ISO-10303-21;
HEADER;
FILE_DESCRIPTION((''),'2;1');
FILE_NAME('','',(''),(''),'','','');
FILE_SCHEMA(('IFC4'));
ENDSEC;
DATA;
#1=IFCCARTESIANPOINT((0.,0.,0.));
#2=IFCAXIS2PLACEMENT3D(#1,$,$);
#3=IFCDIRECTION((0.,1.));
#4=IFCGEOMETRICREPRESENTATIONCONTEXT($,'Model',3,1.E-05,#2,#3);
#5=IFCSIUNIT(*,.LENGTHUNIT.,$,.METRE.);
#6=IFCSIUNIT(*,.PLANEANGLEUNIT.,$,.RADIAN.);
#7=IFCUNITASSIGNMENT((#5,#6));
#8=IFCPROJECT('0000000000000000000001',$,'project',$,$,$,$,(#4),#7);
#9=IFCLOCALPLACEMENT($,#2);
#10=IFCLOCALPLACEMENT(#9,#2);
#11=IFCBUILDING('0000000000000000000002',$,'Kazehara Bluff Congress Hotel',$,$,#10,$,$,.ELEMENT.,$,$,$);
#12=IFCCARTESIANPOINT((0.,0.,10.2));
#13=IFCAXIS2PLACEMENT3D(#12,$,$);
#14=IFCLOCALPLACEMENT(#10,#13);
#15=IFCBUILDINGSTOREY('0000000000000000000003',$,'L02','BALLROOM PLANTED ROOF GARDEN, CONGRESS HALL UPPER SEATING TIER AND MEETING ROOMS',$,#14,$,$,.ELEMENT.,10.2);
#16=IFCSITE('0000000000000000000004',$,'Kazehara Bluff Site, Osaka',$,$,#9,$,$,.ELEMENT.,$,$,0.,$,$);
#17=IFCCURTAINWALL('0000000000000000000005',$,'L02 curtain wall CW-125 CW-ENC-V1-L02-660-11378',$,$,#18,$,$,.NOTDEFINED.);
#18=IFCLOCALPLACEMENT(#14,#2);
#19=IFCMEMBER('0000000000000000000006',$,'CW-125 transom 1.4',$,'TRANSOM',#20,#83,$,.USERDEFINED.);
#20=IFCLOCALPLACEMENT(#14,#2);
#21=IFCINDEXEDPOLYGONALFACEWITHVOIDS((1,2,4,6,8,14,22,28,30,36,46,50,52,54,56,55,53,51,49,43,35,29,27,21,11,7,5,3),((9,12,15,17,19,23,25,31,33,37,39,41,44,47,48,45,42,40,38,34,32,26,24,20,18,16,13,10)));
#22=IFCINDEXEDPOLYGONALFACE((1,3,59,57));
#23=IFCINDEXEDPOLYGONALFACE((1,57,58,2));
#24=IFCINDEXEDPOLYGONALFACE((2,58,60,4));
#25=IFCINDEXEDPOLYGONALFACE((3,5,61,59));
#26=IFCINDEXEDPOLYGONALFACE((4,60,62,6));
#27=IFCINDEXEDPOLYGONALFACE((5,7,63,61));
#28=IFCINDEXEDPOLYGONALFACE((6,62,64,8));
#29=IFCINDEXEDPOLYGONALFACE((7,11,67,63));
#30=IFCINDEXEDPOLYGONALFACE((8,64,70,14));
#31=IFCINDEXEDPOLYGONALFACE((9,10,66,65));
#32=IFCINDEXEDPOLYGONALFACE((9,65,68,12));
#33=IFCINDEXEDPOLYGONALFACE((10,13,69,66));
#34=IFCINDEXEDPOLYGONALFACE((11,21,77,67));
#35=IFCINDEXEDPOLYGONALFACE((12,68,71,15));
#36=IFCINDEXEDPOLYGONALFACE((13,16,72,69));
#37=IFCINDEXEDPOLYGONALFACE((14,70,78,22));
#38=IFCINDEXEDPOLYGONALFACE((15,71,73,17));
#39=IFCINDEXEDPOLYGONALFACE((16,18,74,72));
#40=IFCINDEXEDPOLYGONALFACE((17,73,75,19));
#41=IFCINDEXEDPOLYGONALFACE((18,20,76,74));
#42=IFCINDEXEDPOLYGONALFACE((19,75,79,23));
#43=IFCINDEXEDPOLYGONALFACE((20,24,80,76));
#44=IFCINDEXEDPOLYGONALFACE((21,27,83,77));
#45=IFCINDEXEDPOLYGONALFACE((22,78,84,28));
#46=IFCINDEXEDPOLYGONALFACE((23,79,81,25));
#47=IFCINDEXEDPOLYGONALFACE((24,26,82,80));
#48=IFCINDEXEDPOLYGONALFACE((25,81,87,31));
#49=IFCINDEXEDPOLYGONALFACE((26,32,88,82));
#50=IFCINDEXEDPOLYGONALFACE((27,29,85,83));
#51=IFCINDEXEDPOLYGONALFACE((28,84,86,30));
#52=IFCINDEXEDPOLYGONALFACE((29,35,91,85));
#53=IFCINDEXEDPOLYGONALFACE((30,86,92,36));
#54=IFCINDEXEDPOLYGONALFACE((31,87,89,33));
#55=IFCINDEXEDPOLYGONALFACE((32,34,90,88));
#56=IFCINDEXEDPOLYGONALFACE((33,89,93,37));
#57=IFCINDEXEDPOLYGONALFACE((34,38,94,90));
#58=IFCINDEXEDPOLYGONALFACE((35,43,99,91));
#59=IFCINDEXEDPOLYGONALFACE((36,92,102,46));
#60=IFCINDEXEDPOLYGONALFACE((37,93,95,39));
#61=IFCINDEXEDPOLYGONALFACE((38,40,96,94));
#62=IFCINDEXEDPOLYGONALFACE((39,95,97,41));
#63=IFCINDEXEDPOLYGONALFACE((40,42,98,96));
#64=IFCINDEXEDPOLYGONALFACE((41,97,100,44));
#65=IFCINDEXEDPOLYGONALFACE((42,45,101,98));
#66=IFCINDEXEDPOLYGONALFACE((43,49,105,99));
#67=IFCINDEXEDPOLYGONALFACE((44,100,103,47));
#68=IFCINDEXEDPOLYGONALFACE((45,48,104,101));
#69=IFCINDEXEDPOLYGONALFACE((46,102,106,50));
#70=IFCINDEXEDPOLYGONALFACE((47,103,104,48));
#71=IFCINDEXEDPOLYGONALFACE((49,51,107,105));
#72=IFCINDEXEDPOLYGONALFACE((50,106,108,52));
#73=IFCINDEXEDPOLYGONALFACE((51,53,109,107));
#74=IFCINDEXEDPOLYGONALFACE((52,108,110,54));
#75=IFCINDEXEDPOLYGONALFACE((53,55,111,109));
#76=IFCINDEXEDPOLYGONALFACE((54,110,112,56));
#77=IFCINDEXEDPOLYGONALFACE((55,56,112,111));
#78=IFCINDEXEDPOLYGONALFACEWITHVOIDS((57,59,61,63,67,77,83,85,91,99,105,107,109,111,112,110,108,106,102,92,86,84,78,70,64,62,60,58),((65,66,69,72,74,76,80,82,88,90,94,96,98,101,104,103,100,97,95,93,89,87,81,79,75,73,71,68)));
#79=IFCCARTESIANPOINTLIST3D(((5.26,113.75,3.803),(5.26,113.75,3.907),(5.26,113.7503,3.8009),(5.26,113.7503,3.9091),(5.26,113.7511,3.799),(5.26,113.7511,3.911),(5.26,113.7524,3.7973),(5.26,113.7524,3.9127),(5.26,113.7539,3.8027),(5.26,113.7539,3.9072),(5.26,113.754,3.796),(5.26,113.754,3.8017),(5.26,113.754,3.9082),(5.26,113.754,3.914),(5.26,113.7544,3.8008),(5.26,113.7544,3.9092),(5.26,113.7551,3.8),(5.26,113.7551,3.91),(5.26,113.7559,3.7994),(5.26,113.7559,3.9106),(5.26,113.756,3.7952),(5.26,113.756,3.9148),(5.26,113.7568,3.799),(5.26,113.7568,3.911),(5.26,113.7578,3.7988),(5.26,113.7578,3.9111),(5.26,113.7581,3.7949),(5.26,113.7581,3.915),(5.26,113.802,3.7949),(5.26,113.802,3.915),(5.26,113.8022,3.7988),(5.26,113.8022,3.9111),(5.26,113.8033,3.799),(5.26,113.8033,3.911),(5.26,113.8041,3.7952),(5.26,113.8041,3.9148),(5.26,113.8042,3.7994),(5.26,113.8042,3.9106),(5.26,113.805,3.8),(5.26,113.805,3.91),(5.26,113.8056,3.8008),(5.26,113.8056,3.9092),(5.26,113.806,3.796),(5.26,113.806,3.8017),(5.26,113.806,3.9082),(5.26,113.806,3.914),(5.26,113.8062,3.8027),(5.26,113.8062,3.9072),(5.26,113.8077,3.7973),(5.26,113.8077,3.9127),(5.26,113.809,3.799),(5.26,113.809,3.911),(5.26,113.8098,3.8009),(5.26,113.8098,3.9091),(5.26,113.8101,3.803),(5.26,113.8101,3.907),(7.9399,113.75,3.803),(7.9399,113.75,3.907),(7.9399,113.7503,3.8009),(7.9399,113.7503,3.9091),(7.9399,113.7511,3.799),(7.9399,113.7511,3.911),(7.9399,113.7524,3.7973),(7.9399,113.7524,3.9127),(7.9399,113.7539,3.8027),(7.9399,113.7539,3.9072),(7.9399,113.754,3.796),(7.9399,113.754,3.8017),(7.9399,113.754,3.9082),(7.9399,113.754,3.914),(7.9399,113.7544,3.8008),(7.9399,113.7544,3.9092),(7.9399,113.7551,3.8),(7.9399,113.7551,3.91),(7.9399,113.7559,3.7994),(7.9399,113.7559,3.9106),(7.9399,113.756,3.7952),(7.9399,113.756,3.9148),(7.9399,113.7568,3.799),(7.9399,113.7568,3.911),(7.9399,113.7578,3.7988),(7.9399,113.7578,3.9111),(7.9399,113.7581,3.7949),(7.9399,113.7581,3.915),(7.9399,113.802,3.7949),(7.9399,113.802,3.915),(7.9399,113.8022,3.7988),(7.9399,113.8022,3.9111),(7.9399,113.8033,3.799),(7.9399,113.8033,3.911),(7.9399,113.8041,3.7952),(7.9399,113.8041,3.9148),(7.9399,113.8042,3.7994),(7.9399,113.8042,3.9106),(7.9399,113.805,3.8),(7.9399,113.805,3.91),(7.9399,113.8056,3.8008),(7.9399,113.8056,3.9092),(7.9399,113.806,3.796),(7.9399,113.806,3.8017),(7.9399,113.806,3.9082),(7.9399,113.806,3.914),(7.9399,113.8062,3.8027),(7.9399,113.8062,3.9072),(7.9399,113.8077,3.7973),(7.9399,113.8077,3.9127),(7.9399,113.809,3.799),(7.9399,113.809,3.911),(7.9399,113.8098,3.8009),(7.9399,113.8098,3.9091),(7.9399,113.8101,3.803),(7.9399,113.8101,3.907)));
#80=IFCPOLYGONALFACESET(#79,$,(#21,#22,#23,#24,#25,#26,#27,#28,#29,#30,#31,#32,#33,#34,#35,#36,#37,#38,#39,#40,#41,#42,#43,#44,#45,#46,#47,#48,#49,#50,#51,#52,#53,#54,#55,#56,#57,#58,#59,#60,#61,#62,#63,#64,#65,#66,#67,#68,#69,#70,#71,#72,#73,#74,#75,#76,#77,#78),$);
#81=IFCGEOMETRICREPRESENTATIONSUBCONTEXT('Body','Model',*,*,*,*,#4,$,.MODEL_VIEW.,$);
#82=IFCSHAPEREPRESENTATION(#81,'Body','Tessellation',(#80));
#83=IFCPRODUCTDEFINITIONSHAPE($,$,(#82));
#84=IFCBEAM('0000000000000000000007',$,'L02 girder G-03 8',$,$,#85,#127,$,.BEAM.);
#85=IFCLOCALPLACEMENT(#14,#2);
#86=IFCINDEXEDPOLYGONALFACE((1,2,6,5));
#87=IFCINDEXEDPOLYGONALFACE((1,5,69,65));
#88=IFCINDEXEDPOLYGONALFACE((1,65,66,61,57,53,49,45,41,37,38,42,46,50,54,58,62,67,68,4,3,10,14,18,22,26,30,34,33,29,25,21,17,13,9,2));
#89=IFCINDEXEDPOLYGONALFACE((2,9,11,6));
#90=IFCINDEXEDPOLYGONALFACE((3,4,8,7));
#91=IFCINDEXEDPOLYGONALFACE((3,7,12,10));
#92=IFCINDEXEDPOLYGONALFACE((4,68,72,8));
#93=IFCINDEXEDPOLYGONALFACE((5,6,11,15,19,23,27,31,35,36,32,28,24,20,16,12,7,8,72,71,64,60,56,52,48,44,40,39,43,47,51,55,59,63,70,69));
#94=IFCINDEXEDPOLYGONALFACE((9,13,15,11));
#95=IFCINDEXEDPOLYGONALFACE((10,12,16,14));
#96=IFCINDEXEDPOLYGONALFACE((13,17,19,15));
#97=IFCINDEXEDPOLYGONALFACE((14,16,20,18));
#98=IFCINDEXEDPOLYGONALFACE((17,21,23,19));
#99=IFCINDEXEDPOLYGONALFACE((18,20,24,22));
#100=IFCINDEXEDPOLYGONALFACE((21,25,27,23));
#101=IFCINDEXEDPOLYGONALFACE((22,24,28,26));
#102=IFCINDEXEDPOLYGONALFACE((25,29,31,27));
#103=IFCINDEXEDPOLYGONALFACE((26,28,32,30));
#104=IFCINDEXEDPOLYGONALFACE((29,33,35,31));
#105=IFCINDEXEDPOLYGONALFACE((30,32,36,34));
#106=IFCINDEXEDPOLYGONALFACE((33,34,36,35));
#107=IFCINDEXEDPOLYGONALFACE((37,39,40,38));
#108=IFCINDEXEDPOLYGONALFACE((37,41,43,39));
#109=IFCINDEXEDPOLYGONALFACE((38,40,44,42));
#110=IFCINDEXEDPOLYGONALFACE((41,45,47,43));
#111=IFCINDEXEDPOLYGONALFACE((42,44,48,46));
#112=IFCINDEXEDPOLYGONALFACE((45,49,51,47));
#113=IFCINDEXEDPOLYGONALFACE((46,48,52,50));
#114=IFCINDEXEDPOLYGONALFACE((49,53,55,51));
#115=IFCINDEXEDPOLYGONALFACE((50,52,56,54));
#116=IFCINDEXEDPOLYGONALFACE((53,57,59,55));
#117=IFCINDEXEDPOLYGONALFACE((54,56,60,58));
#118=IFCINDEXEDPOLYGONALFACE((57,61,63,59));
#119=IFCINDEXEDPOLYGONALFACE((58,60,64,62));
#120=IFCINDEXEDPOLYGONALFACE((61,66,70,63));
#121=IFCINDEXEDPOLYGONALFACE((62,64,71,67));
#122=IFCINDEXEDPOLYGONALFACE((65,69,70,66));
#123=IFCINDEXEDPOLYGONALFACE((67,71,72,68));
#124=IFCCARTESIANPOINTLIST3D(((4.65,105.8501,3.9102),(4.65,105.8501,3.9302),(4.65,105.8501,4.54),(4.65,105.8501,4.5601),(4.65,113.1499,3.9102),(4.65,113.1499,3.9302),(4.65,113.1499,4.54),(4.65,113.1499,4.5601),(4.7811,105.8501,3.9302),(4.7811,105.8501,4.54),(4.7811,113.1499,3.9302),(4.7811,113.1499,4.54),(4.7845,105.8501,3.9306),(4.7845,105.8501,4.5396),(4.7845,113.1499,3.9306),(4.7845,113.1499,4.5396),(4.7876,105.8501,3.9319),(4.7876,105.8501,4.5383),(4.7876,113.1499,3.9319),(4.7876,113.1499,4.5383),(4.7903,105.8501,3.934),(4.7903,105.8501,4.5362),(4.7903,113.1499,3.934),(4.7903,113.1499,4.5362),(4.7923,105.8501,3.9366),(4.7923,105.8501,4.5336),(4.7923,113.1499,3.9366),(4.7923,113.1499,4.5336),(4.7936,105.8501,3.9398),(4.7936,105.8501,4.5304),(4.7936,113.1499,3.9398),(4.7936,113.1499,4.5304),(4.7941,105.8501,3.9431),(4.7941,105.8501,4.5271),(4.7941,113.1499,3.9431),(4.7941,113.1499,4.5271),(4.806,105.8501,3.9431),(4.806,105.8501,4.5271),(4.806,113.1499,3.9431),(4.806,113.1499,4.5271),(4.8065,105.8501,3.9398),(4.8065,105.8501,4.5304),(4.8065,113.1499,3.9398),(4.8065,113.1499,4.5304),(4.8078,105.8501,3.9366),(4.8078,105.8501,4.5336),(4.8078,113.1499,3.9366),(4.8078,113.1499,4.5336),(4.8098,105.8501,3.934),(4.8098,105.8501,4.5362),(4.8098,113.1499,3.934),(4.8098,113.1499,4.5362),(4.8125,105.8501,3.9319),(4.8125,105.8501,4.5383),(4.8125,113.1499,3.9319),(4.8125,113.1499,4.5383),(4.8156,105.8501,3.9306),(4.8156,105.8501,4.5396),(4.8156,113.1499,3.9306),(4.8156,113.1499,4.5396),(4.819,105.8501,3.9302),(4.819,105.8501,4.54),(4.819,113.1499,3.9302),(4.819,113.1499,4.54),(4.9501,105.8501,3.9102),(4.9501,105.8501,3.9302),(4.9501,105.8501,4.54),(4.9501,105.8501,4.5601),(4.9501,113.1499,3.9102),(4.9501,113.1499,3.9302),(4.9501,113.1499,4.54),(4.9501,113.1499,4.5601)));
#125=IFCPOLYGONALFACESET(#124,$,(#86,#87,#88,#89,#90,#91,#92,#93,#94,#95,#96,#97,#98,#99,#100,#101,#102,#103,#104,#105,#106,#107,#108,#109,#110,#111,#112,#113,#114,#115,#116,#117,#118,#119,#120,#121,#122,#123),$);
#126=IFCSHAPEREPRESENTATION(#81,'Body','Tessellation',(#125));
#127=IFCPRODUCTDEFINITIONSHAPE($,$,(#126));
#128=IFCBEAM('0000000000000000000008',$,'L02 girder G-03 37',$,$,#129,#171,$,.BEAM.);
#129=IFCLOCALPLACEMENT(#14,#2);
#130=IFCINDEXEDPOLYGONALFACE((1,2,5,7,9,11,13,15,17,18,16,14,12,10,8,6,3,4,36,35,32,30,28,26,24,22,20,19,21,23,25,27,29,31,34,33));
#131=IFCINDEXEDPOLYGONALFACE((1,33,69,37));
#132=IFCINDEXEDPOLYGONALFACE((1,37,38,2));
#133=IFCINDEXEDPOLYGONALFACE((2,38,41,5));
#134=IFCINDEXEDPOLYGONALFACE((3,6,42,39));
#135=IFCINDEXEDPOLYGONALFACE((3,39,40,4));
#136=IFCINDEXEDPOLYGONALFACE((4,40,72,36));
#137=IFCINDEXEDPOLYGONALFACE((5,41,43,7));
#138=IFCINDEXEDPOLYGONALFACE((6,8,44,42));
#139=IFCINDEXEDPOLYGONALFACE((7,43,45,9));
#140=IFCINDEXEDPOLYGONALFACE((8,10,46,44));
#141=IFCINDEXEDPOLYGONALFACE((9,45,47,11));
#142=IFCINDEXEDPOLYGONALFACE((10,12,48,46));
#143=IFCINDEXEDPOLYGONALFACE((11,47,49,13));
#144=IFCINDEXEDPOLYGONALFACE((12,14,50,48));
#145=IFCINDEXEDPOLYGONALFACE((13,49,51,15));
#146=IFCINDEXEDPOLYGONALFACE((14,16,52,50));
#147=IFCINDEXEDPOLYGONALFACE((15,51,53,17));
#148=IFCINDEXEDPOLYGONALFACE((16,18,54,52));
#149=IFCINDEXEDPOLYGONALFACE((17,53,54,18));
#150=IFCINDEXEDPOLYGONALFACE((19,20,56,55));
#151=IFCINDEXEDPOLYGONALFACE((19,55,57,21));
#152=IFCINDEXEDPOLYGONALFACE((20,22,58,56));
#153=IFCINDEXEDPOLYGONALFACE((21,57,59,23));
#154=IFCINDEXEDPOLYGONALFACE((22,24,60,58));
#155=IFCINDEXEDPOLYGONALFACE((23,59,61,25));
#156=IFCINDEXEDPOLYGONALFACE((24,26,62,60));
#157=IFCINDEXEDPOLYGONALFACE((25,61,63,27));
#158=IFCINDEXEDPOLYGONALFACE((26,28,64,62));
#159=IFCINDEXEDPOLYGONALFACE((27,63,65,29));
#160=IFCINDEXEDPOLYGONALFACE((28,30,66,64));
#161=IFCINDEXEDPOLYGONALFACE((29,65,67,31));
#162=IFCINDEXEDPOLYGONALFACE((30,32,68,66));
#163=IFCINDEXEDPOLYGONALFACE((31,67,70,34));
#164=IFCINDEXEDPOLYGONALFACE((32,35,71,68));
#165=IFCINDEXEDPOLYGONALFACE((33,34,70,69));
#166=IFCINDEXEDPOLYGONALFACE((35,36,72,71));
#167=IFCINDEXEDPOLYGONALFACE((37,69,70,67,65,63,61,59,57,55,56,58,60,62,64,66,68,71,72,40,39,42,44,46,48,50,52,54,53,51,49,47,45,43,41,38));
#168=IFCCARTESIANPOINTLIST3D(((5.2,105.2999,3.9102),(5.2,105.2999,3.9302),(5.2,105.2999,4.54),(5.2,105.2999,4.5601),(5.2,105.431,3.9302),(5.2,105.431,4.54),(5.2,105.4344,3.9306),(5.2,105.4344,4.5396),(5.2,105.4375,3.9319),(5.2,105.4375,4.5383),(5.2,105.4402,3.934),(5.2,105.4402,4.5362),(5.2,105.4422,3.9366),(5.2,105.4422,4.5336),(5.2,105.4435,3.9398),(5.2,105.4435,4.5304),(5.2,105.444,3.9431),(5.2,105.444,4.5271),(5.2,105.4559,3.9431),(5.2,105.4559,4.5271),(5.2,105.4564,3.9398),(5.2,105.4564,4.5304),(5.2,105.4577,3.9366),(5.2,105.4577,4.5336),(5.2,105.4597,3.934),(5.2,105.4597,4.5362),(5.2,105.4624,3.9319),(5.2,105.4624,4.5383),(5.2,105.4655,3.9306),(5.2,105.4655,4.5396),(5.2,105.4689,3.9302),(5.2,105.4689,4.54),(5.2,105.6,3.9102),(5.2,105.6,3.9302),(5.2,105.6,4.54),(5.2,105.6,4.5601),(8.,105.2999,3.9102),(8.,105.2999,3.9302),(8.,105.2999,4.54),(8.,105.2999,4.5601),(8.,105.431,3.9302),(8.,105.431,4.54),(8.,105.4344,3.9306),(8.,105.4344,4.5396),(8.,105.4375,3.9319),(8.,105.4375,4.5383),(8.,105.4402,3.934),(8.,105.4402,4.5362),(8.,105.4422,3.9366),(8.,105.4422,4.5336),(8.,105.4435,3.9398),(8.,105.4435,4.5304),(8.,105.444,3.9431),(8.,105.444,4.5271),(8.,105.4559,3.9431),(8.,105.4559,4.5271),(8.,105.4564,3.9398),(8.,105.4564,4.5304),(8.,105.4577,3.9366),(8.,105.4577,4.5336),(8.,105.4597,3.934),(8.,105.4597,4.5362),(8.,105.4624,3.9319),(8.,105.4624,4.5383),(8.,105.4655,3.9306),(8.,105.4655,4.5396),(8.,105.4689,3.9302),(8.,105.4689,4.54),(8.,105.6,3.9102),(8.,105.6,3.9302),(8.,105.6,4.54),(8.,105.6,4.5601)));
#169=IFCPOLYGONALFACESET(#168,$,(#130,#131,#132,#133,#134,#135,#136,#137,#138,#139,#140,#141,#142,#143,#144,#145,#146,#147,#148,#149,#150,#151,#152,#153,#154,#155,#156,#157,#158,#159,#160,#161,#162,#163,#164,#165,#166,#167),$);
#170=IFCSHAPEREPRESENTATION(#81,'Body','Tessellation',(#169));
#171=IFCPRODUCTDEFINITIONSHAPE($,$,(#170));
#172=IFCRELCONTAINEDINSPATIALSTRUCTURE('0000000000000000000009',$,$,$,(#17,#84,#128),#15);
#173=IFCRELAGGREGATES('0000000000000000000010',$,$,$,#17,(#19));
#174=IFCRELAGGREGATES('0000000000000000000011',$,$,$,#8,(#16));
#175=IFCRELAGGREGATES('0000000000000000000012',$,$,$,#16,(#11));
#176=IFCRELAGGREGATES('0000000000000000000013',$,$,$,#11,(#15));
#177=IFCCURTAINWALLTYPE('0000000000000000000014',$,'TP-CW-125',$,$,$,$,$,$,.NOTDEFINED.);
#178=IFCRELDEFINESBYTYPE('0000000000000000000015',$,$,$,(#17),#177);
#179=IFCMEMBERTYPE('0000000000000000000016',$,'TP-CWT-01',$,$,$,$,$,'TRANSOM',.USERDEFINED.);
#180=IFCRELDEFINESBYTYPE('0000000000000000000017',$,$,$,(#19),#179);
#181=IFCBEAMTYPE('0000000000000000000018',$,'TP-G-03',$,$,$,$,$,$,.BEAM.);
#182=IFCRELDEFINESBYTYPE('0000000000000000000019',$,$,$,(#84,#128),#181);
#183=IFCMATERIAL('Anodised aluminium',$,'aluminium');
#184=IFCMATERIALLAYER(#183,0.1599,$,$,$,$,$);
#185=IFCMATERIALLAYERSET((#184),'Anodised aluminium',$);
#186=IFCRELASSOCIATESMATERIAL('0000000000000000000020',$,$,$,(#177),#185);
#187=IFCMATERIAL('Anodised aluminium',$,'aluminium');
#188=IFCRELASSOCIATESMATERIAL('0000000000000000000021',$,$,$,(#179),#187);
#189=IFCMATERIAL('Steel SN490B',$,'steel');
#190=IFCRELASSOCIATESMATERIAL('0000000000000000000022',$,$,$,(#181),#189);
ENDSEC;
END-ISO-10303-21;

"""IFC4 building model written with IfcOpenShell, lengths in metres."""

from ifc_helpers import new_model, si_unit, direction, frame, origin, origin_2d, place, context, subcontext, project, spatial, hollow_rectangle, i_section, extrude, material, layer, layer_set, material_profile, profile_set, type_object, element, aggregate, save


model = new_model("IFC4")

# Units and contexts
model_context = context("Model", 3, precision=1e-05, world=origin(), true_north=direction((0.0, 1.0)))
body_context = subcontext(model_context, "Body", "Model", "MODEL_VIEW")
ifc_project = project(units=[si_unit("LENGTHUNIT", "METRE"), si_unit("PLANEANGLEUNIT", "RADIAN")], contexts=[model_context])

# Site, building, storey
site_placement = place(None, origin())
site = spatial("IfcSite", under=ifc_project, at=site_placement, Name="Kazehara Bluff Site, Osaka", CompositionType="ELEMENT", RefElevation=0.0)
building_placement = place(site_placement, origin())
building = spatial("IfcBuilding", under=site, at=building_placement, Name="Kazehara Bluff Congress Hotel", CompositionType="ELEMENT")
storey_placement = place(building_placement, frame((0.0, 0.0, 10.2)))
storey = spatial("IfcBuildingStorey", under=building, at=storey_placement, Name="L02", Description="BALLROOM PLANTED ROOF GARDEN, CONGRESS HALL UPPER SEATING TIER AND MEETING ROOMS", CompositionType="ELEMENT", Elevation=10.2)

# Curtain wall, member
ifc_material_1 = material(Name="Anodised aluminium", Category="aluminium")
ifc_layer_1 = layer(ifc_material_1, 0.1599)
ifc_layer_set_1 = layer_set([ifc_layer_1], Name="Anodised aluminium")
curtain_wall_type = type_object("IfcCurtainWallType", Name="TP-CW-125", PredefinedType="NOTDEFINED", material=ifc_layer_set_1)
curtain_wall_placement = place(storey_placement, origin())
curtain_wall = element("IfcCurtainWall", 1, at=curtain_wall_placement, inside=storey, type_object=curtain_wall_type, Name="L02 curtain wall CW-125 CW-ENC-V1-L02-660-11378", PredefinedType="NOTDEFINED")
ifc_material_2 = material(Name="Anodised aluminium", Category="aluminium")
ifc_material_profile_1 = material_profile(ifc_material_2, hollow_rectangle(XDim=0.0601, YDim=0.1201, WallThickness=0.0039, InnerFilletRadius=0.0039, OuterFilletRadius=0.0081, at=origin_2d()))
ifc_profile_set_1 = profile_set([ifc_material_profile_1], Name="Anodised aluminium")
member_type_1 = type_object("IfcMemberType", Name="TP-CWT-01", ElementType="TRANSOM", PredefinedType="USERDEFINED", material=ifc_profile_set_1)
member_1_placement = place(storey_placement, frame((5.26, 113.78, 3.855), z_axis=(1.0, 0.0, 0.0), x_axis=(0.0, 1.0, 0.0)))
member_1 = element("IfcMember", 2, at=member_1_placement, type_object=member_type_1, Name="CW-125 transom 1.4", ObjectType="TRANSOM", PredefinedType="USERDEFINED", context=body_context, shape_type="SweptSolid", body=[
    extrude(hollow_rectangle(XDim=0.0601, YDim=0.1201, WallThickness=0.0039, InnerFilletRadius=0.0039, OuterFilletRadius=0.0081, at=origin_2d()), origin(), (0.0, 0.0, 1.0), 2.6799),
])

# Beams
ifc_material_3 = material(Name="Steel SN490B", Category="steel")
ifc_material_profile_2 = material_profile(ifc_material_3, i_section(OverallWidth=0.3, OverallDepth=0.6499, WebThickness=0.012, FlangeThickness=0.02, FilletRadius=0.0129, at=origin_2d()))
ifc_profile_set_2 = profile_set([ifc_material_profile_2], Name="Steel SN490B")
beam_type_1 = type_object("IfcBeamType", Name="TP-G-03", PredefinedType="BEAM", material=ifc_profile_set_2)
beam_1_placement = place(storey_placement, frame((4.8, 105.8501, 4.2351), z_axis=(0.0, 1.0, 0.0), x_axis=(-1.0, 0.0, 0.0)))
element("IfcBeam", 3, at=beam_1_placement, inside=storey, type_object=beam_type_1, Name="L02 girder G-03 8", PredefinedType="BEAM", context=body_context, shape_type="SweptSolid", body=[
    extrude(i_section(OverallWidth=0.3, OverallDepth=0.6499, WebThickness=0.012, FlangeThickness=0.02, FilletRadius=0.0129, at=origin_2d()), origin(), (0.0, 0.0, 1.0), 7.2998),
])
for number, where, z_axis, x_axis, name in (
    (4, (5.2, 105.45, 4.2351), (1.0, 0.0, 0.0), (0.0, 1.0, 0.0), "L02 girder G-03 37"),
):
    element("IfcBeam", number, at=place(storey_placement, frame(where, z_axis=z_axis, x_axis=x_axis)), inside=storey, type_object=beam_type_1, Name=name, PredefinedType="BEAM", context=body_context, shape_type="SweptSolid", body=[
        extrude(i_section(OverallWidth=0.3, OverallDepth=0.6499, WebThickness=0.012, FlangeThickness=0.02, FilletRadius=0.0129, at=origin_2d()), origin(), (0.0, 0.0, 1.0), 2.8),
    ])

aggregate(curtain_wall, [member_1])

save(model, "model.ifc")
